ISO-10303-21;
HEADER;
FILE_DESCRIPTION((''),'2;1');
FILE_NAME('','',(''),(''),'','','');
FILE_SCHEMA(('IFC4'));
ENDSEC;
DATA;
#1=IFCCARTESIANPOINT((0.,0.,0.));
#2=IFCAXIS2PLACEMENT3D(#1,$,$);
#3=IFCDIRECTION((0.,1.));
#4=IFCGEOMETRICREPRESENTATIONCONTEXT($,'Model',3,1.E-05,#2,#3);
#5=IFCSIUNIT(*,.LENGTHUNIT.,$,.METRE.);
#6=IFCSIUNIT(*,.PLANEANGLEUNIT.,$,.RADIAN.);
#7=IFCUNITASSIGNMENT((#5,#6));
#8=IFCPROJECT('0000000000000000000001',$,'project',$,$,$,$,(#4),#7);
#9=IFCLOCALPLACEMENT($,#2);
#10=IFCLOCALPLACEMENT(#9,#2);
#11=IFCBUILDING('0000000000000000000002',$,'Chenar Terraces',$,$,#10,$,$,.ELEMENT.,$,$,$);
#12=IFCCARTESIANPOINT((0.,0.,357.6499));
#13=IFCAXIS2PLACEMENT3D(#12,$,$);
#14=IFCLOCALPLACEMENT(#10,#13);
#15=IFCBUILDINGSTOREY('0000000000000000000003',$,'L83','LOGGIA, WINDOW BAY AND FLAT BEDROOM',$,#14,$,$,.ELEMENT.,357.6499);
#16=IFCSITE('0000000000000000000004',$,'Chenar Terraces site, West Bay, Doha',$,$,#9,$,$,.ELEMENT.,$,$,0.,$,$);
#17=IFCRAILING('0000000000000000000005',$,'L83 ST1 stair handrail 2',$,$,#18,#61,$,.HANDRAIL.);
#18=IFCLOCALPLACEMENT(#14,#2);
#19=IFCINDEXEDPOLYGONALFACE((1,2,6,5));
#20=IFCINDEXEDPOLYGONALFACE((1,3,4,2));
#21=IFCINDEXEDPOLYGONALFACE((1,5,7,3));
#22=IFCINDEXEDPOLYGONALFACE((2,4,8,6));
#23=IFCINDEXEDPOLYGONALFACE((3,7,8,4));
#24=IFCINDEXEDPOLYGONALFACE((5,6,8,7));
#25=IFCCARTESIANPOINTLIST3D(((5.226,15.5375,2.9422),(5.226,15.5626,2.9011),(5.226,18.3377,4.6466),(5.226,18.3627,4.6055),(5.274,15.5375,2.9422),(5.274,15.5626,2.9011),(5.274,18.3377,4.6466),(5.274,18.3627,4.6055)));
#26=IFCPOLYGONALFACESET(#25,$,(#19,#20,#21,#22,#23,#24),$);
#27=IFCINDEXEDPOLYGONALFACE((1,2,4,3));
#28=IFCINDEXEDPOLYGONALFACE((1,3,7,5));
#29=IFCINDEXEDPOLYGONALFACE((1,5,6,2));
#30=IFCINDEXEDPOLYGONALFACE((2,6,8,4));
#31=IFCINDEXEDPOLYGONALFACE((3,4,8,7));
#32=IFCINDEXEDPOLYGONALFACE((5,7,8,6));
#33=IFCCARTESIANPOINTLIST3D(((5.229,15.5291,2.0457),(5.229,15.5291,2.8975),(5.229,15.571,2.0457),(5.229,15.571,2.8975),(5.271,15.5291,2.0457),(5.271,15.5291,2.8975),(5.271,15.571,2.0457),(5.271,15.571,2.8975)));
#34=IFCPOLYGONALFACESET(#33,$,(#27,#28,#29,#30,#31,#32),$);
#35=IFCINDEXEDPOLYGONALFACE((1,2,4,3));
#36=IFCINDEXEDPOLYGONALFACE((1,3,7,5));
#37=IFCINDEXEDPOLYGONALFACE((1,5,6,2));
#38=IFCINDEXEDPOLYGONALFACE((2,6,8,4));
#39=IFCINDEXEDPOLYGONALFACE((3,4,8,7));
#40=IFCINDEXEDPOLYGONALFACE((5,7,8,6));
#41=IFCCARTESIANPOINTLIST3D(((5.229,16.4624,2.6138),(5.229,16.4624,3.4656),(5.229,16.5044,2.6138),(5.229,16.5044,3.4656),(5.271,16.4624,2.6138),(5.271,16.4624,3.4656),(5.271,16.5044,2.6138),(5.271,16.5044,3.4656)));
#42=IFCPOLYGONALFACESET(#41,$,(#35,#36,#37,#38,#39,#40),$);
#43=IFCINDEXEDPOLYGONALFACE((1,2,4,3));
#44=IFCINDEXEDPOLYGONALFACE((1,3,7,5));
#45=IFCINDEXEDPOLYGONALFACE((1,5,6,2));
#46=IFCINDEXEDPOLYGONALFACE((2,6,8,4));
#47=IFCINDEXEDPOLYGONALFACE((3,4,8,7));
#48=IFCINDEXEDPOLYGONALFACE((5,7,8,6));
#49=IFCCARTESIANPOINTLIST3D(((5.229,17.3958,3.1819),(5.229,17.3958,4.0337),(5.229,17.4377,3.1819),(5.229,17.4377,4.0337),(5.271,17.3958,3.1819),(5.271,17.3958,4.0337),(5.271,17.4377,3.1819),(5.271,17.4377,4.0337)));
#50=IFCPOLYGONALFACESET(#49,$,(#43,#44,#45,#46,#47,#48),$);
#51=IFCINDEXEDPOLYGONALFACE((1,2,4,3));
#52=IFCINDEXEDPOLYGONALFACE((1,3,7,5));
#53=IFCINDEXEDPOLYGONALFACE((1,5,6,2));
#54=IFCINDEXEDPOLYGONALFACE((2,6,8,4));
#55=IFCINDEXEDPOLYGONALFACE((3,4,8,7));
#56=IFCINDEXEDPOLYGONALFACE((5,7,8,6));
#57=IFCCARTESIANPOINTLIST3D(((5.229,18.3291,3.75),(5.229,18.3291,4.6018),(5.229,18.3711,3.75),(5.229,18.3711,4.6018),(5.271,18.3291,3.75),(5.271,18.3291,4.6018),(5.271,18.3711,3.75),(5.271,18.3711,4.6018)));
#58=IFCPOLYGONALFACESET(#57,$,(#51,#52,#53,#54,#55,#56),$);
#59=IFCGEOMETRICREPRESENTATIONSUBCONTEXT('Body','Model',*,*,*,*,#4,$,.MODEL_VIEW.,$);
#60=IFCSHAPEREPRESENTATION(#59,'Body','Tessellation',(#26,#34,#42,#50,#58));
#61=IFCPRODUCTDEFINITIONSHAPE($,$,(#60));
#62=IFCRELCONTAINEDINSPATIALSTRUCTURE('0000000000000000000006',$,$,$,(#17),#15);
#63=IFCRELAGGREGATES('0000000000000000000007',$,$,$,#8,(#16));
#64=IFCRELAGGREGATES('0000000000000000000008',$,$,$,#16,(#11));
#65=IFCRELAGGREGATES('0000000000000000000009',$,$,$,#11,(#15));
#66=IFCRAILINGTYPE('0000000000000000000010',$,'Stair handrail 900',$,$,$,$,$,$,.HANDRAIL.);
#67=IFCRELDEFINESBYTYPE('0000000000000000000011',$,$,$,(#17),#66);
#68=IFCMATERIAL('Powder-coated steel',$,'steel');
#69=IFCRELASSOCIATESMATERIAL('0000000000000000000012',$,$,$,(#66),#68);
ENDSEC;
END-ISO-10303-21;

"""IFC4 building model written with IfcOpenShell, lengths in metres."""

from ifc_helpers import new_model, si_unit, direction, frame, origin, origin_2d, place, context, subcontext, project, spatial, rectangle, extrude, material, type_object, element, save


model = new_model("IFC4")

# Units and contexts
model_context = context("Model", 3, precision=1e-05, world=origin(), true_north=direction((0.0, 1.0)))
body_context = subcontext(model_context, "Body", "Model", "MODEL_VIEW")
ifc_project = project(units=[si_unit("LENGTHUNIT", "METRE"), si_unit("PLANEANGLEUNIT", "RADIAN")], contexts=[model_context])

# Site, building, storey
site_placement = place(None, origin())
site = spatial("IfcSite", under=ifc_project, at=site_placement, Name="Chenar Terraces site, West Bay, Doha", CompositionType="ELEMENT", RefElevation=0.0)
building_placement = place(site_placement, origin())
building = spatial("IfcBuilding", under=site, at=building_placement, Name="Chenar Terraces", CompositionType="ELEMENT")
storey_placement = place(building_placement, frame((0.0, 0.0, 357.6499)))
storey = spatial("IfcBuildingStorey", under=building, at=storey_placement, Name="L83", Description="LOGGIA, WINDOW BAY AND FLAT BEDROOM", CompositionType="ELEMENT", Elevation=357.6499)

# Railing
ifc_material_1 = material(Name="Powder-coated steel", Category="steel")
railing_type_1 = type_object("IfcRailingType", Name="Stair handrail 900", PredefinedType="HANDRAIL", material=ifc_material_1)
railing_1_placement = place(storey_placement, frame((5.25, 15.55, 2.0457)))
element("IfcRailing", 1, at=railing_1_placement, inside=storey, type_object=railing_type_1, Name="L83 ST1 stair handrail 2", PredefinedType="HANDRAIL", context=body_context, shape_type="SweptSolid", body=[
    extrude(rectangle(XDim=0.0481, YDim=0.0481, at=origin_2d()), frame((0.0, 0.0, 0.876), z_axis=(0.0, 0.854203, 0.51994), x_axis=(-1.0, 0.0, 0.0)), (0.0, 0.0, 1.0), 3.2781),
    extrude(rectangle(XDim=0.042, YDim=0.042, at=origin_2d()), origin(), (0.0, 0.0, 1.0), 0.8518),
    extrude(rectangle(XDim=0.042, YDim=0.042, at=origin_2d()), frame((0.0, 0.9333, 0.5681)), (0.0, 0.0, 1.0), 0.8518),
    extrude(rectangle(XDim=0.042, YDim=0.042, at=origin_2d()), frame((0.0, 1.8667, 1.1362)), (0.0, 0.0, 1.0), 0.8518),
    extrude(rectangle(XDim=0.042, YDim=0.042, at=origin_2d()), frame((0.0, 2.8, 1.7043)), (0.0, 0.0, 1.0), 0.8518),
])

save(model, "model.ifc")
